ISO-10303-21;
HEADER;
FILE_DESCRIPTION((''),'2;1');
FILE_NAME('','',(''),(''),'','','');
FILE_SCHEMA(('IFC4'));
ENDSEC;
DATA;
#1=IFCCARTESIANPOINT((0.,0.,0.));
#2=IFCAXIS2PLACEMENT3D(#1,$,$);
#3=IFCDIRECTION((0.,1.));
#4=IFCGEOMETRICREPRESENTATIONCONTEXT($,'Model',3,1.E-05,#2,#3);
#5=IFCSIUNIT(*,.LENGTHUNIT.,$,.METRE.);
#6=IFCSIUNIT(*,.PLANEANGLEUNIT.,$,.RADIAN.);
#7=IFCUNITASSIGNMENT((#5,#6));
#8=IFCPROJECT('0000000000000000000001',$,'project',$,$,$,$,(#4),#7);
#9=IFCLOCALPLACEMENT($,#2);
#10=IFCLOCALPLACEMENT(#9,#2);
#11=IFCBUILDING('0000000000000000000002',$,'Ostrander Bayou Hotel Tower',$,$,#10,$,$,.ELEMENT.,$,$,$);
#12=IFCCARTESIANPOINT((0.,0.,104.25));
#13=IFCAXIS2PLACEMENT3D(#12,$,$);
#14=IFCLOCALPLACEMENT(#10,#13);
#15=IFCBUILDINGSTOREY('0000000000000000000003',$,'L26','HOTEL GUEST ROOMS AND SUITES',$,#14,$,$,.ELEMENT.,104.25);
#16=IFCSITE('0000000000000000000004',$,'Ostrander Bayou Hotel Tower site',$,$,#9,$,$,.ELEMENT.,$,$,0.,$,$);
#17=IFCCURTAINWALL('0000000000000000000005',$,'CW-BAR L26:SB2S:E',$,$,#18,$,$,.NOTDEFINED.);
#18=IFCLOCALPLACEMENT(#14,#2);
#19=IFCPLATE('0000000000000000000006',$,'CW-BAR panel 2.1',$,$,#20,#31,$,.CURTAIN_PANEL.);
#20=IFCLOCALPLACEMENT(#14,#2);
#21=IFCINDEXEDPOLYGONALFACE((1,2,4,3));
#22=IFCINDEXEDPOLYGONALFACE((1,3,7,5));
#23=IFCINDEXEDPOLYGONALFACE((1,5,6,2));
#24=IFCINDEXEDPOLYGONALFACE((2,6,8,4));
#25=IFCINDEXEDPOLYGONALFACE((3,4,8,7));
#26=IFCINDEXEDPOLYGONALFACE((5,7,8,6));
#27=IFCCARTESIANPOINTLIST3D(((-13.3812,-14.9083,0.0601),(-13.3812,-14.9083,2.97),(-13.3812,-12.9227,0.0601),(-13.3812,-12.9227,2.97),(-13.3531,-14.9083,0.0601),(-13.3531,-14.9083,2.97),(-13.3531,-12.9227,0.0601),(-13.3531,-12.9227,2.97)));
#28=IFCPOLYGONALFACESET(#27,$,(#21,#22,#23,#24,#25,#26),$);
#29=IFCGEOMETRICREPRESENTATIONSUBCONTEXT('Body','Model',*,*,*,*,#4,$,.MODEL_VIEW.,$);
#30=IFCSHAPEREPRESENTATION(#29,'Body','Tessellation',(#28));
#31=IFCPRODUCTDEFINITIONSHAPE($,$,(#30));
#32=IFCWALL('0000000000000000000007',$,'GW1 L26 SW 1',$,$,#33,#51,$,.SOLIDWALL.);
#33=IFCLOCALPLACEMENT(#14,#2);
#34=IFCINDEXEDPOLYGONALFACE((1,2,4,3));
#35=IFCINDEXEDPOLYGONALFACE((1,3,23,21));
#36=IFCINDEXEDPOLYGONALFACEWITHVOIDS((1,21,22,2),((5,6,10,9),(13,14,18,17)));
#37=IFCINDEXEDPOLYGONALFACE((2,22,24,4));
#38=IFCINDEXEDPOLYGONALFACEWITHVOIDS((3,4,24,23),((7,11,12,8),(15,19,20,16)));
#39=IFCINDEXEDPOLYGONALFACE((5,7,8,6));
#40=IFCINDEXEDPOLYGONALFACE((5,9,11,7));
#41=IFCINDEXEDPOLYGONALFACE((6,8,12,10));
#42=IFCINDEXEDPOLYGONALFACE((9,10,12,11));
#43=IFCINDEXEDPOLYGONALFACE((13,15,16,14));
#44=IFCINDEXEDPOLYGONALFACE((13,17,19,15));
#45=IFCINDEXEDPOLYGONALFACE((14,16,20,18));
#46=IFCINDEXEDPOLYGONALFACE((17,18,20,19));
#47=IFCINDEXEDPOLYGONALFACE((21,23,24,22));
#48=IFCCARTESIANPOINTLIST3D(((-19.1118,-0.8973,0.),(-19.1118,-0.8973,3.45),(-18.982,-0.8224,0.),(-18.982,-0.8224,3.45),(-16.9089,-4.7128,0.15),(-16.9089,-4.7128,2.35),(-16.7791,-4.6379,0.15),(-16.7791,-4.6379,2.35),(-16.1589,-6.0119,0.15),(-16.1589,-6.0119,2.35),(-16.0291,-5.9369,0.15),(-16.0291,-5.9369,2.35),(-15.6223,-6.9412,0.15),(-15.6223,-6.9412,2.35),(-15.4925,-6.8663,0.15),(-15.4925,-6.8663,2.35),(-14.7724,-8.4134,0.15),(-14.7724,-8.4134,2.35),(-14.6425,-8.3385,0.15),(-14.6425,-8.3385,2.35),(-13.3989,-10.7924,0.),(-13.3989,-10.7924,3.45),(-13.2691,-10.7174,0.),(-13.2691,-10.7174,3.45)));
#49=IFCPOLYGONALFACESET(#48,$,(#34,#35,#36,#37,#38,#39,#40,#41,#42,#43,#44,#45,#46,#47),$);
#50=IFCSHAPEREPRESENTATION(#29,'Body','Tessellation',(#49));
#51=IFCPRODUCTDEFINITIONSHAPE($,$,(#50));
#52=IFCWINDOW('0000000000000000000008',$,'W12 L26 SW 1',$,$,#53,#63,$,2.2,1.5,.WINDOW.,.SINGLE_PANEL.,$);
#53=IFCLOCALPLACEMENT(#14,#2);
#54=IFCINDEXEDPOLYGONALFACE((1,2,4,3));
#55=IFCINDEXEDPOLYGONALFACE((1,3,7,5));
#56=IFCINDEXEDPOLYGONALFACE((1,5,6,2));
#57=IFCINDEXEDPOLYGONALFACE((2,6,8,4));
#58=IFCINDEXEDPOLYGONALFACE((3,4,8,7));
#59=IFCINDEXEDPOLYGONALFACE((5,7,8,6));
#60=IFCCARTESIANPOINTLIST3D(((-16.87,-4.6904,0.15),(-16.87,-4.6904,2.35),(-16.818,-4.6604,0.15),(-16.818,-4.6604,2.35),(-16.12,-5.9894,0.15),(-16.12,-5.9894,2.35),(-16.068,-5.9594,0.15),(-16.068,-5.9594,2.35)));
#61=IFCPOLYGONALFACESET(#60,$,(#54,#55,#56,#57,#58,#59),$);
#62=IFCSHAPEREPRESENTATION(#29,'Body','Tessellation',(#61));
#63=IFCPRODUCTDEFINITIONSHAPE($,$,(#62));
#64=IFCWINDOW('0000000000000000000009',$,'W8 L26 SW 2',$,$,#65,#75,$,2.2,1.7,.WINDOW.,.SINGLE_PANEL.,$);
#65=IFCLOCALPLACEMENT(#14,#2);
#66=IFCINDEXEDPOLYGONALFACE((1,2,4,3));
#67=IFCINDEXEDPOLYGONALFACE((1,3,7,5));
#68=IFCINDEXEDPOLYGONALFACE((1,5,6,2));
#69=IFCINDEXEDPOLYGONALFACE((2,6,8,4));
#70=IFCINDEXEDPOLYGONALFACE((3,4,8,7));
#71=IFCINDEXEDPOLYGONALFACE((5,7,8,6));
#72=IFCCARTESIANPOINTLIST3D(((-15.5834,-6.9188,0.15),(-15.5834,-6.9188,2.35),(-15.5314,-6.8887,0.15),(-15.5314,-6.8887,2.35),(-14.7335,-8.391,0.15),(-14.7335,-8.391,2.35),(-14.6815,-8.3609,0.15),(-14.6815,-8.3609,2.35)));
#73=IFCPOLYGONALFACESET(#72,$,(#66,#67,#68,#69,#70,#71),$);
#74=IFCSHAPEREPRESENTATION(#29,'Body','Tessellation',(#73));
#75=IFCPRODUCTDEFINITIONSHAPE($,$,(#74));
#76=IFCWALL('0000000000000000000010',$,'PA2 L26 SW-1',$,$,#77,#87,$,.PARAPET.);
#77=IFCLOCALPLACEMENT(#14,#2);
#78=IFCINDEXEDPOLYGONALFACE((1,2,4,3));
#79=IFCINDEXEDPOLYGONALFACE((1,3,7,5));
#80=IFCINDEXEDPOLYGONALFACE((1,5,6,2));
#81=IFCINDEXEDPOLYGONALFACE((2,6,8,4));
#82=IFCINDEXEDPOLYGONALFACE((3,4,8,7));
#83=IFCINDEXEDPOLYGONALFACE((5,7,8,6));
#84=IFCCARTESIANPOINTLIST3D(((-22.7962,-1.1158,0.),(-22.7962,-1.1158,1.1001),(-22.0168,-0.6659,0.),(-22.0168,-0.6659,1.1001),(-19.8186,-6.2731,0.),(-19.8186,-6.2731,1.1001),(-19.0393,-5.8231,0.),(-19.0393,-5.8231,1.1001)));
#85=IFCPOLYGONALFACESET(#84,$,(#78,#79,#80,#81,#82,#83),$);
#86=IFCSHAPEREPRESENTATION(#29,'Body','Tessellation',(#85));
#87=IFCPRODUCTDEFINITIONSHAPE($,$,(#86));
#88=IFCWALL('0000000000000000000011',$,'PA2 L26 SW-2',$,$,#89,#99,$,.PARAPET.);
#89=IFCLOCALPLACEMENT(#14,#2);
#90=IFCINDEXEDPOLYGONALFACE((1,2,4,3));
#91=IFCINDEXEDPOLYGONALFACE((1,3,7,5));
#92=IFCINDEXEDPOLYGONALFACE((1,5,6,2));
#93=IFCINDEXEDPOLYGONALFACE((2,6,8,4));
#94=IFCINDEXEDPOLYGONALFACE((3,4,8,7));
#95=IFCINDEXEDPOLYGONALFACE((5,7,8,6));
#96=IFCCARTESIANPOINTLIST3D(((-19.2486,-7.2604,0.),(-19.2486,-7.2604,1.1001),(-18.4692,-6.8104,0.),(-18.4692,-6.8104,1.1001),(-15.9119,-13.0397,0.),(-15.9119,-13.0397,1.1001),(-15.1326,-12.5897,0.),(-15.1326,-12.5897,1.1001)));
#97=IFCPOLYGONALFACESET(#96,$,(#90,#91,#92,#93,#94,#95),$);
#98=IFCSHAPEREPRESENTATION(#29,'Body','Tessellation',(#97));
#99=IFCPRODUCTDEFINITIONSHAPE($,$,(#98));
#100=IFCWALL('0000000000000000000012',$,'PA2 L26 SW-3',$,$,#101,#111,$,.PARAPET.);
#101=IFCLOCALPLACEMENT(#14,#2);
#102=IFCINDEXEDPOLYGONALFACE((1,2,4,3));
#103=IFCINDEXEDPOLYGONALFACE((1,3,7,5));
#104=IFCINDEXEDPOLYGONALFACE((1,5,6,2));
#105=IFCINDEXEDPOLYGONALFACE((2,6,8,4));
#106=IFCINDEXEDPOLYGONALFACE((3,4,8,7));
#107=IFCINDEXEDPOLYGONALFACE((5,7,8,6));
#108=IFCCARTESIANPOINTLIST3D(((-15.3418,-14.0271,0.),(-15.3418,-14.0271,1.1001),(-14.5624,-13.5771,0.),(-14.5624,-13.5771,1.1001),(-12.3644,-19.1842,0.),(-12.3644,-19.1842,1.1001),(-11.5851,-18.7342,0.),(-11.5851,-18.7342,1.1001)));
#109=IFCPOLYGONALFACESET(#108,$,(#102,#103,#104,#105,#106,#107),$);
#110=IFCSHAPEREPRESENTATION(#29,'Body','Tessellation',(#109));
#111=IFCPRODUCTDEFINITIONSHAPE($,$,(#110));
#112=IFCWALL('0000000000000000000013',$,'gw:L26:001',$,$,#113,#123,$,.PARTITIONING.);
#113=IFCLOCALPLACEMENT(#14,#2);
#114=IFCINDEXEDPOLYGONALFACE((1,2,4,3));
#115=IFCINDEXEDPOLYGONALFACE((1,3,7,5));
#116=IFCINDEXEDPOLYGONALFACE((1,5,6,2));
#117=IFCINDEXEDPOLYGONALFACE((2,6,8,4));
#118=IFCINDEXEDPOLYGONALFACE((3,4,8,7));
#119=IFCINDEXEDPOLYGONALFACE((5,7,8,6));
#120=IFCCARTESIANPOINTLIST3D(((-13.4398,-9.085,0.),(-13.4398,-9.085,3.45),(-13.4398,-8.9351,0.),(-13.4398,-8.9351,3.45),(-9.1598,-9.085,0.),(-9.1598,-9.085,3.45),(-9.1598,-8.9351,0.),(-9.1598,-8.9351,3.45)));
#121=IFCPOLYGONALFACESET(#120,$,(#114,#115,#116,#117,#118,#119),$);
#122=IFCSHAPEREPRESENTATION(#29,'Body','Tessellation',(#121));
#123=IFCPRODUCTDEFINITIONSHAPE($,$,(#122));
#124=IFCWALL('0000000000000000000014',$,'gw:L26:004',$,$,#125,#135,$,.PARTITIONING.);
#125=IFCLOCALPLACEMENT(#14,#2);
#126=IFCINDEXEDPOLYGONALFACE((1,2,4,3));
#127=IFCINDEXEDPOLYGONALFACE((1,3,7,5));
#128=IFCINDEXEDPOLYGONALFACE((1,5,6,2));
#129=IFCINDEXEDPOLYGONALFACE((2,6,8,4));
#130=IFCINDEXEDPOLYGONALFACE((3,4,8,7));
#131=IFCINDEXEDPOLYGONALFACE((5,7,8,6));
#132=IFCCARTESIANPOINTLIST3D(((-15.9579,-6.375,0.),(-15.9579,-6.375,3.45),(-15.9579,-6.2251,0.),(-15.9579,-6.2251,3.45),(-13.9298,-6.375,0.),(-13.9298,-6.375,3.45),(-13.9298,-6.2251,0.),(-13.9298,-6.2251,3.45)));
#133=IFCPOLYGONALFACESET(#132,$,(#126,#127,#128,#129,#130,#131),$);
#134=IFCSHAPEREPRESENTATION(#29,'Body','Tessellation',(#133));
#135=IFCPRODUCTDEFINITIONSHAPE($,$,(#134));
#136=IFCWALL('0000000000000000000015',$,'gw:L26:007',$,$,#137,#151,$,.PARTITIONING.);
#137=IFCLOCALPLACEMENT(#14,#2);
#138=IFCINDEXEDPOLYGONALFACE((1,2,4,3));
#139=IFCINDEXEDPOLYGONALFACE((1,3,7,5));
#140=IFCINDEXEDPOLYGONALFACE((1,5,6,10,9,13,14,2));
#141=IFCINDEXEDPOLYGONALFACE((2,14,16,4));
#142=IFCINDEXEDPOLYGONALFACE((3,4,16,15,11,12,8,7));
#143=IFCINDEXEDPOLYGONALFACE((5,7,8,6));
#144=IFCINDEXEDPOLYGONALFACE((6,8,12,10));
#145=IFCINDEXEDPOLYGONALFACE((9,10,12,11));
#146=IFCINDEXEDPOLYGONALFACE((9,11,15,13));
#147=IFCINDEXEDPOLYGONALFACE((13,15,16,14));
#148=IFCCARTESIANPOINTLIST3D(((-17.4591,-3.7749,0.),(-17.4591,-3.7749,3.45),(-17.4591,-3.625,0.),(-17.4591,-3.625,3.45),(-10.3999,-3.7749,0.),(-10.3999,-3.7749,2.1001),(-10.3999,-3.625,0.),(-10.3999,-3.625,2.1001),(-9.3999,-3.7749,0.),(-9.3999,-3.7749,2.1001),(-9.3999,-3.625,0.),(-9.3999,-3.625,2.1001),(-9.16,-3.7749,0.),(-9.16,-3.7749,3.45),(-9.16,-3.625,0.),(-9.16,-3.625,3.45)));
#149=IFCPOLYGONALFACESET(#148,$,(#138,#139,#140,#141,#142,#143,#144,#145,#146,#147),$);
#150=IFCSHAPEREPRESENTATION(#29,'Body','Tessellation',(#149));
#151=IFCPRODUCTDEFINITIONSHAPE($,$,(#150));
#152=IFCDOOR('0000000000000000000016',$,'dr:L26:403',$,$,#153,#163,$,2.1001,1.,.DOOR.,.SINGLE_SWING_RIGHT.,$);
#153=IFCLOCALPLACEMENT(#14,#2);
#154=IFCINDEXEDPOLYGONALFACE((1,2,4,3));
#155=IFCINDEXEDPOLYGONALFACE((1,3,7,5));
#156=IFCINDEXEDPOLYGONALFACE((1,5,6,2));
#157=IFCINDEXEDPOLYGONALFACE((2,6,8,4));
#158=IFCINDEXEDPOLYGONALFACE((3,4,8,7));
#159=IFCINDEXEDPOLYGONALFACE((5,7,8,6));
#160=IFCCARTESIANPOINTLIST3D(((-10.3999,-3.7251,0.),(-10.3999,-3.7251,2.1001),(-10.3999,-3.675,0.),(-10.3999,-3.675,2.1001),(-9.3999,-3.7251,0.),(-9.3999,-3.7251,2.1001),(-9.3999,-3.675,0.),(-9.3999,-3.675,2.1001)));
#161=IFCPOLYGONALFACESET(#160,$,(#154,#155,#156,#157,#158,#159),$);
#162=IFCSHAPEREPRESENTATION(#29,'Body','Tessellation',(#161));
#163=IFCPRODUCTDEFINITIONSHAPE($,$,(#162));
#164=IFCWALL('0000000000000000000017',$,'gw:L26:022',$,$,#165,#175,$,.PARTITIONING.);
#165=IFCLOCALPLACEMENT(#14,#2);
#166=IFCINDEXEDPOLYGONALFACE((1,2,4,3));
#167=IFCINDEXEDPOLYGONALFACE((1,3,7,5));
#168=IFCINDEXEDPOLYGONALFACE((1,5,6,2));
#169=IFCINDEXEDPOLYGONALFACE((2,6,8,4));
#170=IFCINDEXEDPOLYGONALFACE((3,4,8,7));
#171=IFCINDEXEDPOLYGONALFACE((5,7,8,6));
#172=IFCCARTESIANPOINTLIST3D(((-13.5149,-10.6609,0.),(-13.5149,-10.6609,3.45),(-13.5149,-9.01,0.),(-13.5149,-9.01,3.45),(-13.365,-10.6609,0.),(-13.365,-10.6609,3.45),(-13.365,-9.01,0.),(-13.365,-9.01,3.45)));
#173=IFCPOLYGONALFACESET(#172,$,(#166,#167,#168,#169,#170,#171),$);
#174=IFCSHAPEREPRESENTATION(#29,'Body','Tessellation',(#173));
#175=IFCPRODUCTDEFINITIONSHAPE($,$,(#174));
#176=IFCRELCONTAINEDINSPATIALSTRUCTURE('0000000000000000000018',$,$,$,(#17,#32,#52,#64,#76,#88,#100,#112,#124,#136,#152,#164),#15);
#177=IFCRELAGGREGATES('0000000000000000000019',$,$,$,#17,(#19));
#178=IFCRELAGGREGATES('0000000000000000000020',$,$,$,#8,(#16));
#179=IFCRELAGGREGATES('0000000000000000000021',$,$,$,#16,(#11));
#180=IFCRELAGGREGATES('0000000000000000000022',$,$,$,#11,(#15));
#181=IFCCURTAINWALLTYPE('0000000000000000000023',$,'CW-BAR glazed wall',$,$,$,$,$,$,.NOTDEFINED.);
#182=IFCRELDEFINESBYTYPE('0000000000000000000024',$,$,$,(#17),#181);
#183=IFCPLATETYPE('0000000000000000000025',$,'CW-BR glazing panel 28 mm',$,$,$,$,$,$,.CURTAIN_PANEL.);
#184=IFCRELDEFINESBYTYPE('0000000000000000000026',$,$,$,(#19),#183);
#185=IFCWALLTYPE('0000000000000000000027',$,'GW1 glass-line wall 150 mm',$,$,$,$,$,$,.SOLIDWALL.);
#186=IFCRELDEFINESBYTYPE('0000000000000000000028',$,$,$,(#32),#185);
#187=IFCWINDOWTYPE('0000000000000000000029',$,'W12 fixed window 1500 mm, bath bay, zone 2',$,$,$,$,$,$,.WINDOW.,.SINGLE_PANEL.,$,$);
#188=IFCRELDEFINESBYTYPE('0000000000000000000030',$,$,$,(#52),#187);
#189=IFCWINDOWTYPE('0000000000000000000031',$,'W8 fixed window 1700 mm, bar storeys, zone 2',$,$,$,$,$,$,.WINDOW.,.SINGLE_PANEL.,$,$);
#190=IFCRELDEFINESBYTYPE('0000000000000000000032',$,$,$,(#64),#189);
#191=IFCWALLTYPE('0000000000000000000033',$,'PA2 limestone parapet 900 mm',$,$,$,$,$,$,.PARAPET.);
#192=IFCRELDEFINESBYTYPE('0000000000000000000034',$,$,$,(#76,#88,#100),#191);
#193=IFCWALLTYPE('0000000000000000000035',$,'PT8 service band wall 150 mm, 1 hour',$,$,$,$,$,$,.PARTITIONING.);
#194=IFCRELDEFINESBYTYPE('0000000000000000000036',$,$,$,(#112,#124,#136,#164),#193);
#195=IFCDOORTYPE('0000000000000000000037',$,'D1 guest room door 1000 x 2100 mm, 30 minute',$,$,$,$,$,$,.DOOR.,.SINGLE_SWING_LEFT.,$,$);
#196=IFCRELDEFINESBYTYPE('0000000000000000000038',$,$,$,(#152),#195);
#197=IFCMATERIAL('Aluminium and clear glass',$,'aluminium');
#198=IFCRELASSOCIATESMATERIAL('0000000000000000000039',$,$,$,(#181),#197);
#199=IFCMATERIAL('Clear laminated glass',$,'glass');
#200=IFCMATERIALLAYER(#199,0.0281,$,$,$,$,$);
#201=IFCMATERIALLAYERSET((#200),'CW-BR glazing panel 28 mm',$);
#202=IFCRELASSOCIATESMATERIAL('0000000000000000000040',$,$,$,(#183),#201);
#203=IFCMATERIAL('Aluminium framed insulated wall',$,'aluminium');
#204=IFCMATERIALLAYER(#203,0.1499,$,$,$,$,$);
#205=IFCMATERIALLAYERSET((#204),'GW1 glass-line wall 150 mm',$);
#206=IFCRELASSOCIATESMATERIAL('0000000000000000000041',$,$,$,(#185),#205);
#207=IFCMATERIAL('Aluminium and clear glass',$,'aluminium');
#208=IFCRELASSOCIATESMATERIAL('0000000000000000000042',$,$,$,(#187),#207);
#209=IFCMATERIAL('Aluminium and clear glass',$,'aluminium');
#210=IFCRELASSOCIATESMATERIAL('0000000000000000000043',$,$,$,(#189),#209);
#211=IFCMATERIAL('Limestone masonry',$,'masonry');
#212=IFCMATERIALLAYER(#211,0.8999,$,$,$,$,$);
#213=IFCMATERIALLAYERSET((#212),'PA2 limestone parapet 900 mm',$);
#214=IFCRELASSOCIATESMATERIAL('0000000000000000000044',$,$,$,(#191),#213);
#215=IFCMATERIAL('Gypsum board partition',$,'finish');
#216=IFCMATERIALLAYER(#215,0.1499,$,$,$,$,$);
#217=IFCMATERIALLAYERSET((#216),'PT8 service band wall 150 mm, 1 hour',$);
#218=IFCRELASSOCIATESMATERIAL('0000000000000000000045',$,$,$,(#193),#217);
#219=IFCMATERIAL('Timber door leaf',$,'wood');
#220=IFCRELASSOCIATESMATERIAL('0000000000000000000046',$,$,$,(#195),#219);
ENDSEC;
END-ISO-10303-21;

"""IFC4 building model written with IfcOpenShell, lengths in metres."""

from ifc_helpers import new_model, si_unit, direction, frame, frame_2d, origin, origin_2d, place, context, subcontext, project, spatial, rectangle, extrude, material, layer, layer_set, type_object, element, fill, aggregate, save


model = new_model("IFC4")

# Units and contexts
model_context = context("Model", 3, precision=1e-05, world=origin(), true_north=direction((0.0, 1.0)))
body_context = subcontext(model_context, "Body", "Model", "MODEL_VIEW")
ifc_project = project(units=[si_unit("LENGTHUNIT", "METRE"), si_unit("PLANEANGLEUNIT", "RADIAN")], contexts=[model_context])

# Site, building, storey
site_placement = place(None, origin())
site = spatial("IfcSite", under=ifc_project, at=site_placement, Name="Ostrander Bayou Hotel Tower site", CompositionType="ELEMENT", RefElevation=0.0)
building_placement = place(site_placement, origin())
building = spatial("IfcBuilding", under=site, at=building_placement, Name="Ostrander Bayou Hotel Tower", CompositionType="ELEMENT")
storey_placement = place(building_placement, frame((0.0, 0.0, 104.25)))
storey = spatial("IfcBuildingStorey", under=building, at=storey_placement, Name="L26", Description="HOTEL GUEST ROOMS AND SUITES", CompositionType="ELEMENT", Elevation=104.25)

# Curtain wall
ifc_material_1 = material(Name="Aluminium and clear glass", Category="aluminium")
curtain_wall_type = type_object("IfcCurtainWallType", Name="CW-BAR glazed wall", PredefinedType="NOTDEFINED", material=ifc_material_1)
curtain_wall_placement = place(storey_placement, origin())
curtain_wall = element("IfcCurtainWall", 1, at=curtain_wall_placement, inside=storey, type_object=curtain_wall_type, Name="CW-BAR L26:SB2S:E", PredefinedType="NOTDEFINED")

# Plate
ifc_material_2 = material(Name="Clear laminated glass", Category="glass")
ifc_layer_1 = layer(ifc_material_2, 0.0281)
ifc_layer_set_1 = layer_set([ifc_layer_1], Name="CW-BR glazing panel 28 mm")
plate_type = type_object("IfcPlateType", Name="CW-BR glazing panel 28 mm", PredefinedType="CURTAIN_PANEL", material=ifc_layer_set_1)
plate_placement = place(storey_placement, frame((-13.3672, -13.9155, 0.0601), z_axis=(0.0, 0.0, 1.0), x_axis=(0.0, -1.0, 0.0)))
plate = element("IfcPlate", 2, at=plate_placement, type_object=plate_type, Name="CW-BAR panel 2.1", PredefinedType="CURTAIN_PANEL", context=body_context, shape_type="SweptSolid", body=[
    extrude(rectangle(XDim=1.9856, YDim=0.0281, at=origin_2d()), origin(), (0.0, 0.0, 1.0), 2.9099),
])
aggregate(curtain_wall, [plate])

# Wall, openings, windows
ifc_material_3 = material(Name="Aluminium framed insulated wall", Category="aluminium")
ifc_layer_2 = layer(ifc_material_3, 0.1499)
ifc_layer_set_2 = layer_set([ifc_layer_2], Name="GW1 glass-line wall 150 mm")
wall_type_1 = type_object("IfcWallType", Name="GW1 glass-line wall 150 mm", PredefinedType="SOLIDWALL", material=ifc_layer_set_2)
wall_1_placement = place(storey_placement, frame((-19.0469, -0.8599, 0.0), z_axis=(0.0, 0.0, 1.0), x_axis=(0.5, -0.866025, 0.0)))
wall_1 = element("IfcWall", 3, at=wall_1_placement, inside=storey, type_object=wall_type_1, Name="GW1 L26 SW 1", PredefinedType="SOLIDWALL", context=body_context, shape_type="SweptSolid", body=[
    extrude(rectangle(XDim=11.4258, YDim=0.1499, at=frame_2d((5.7129, 0.0))), origin(), (0.0, 0.0, 1.0), 3.45),
])
opening_1_placement = place(wall_1_placement, frame((4.4058, 0.0, 0.1499)))
opening_1 = element("IfcOpeningElement", 4, at=opening_1_placement, cuts=wall_1, PredefinedType="OPENING", context=body_context, shape_type="SweptSolid", body=[
    extrude(rectangle(XDim=1.5, YDim=2.2, at=frame_2d((0.75, 1.1001))), frame((0.0, 0.075, 0.0), z_axis=(0.0, -1.0, 0.0), x_axis=(1.0, 0.0, 0.0)), (0.0, 0.0, 1.0), 0.1499),
])
opening_2_placement = place(wall_1_placement, frame((6.9788, 0.0, 0.1499)))
opening_2 = element("IfcOpeningElement", 5, at=opening_2_placement, cuts=wall_1, PredefinedType="OPENING", context=body_context, shape_type="SweptSolid", body=[
    extrude(rectangle(XDim=1.7, YDim=2.2, at=frame_2d((0.8501, 1.1001))), frame((0.0, 0.075, 0.0), z_axis=(0.0, -1.0, 0.0), x_axis=(1.0, 0.0, 0.0)), (0.0, 0.0, 1.0), 0.1499),
])
ifc_material_4 = material(Name="Aluminium and clear glass", Category="aluminium")
window_type_1 = type_object("IfcWindowType", Name="W12 fixed window 1500 mm, bath bay, zone 2", PartitioningType="SINGLE_PANEL", PredefinedType="WINDOW", material=ifc_material_4)
window_1_placement = place(opening_1_placement, origin())
window_1 = element("IfcWindow", 6, at=window_1_placement, inside=storey, type_object=window_type_1, Name="W12 L26 SW 1", OverallHeight=2.2, OverallWidth=1.5, PartitioningType="SINGLE_PANEL", PredefinedType="WINDOW", context=body_context, shape_type="SweptSolid", body=[
    extrude(rectangle(XDim=1.5, YDim=2.2, at=frame_2d((0.75, 1.1001))), frame((0.0, 0.03, 0.0), z_axis=(0.0, -1.0, 0.0), x_axis=(1.0, 0.0, 0.0)), (0.0, 0.0, 1.0), 0.0601),
])
fill(opening_1, window_1)
ifc_material_5 = material(Name="Aluminium and clear glass", Category="aluminium")
window_type_2 = type_object("IfcWindowType", Name="W8 fixed window 1700 mm, bar storeys, zone 2", PartitioningType="SINGLE_PANEL", PredefinedType="WINDOW", material=ifc_material_5)
window_2_placement = place(opening_2_placement, origin())
window_2 = element("IfcWindow", 7, at=window_2_placement, inside=storey, type_object=window_type_2, Name="W8 L26 SW 2", OverallHeight=2.2, OverallWidth=1.7, PartitioningType="SINGLE_PANEL", PredefinedType="WINDOW", context=body_context, shape_type="SweptSolid", body=[
    extrude(rectangle(XDim=1.7, YDim=2.2, at=frame_2d((0.8501, 1.1001))), frame((0.0, 0.03, 0.0), z_axis=(0.0, -1.0, 0.0), x_axis=(1.0, 0.0, 0.0)), (0.0, 0.0, 1.0), 0.0601),
])
fill(opening_2, window_2)

# Walls
ifc_material_6 = material(Name="Limestone masonry", Category="masonry")
ifc_layer_3 = layer(ifc_material_6, 0.8999)
ifc_layer_set_3 = layer_set([ifc_layer_3], Name="PA2 limestone parapet 900 mm")
wall_type_2 = type_object("IfcWallType", Name="PA2 limestone parapet 900 mm", PredefinedType="PARAPET", material=ifc_layer_set_3)
wall_2_placement = place(storey_placement, frame((-22.4065, -0.8909, 0.0), z_axis=(0.0, 0.0, 1.0), x_axis=(0.500002, -0.866024, 0.0)))
element("IfcWall", 8, at=wall_2_placement, inside=storey, type_object=wall_type_2, Name="PA2 L26 SW-1", PredefinedType="PARAPET", context=body_context, shape_type="SweptSolid", body=[
    extrude(rectangle(XDim=5.9551, YDim=0.8999, at=frame_2d((2.9775, 0.0))), origin(), (0.0, 0.0, 1.0), 1.1001),
])
wall_3_placement = place(storey_placement, frame((-18.8589, -7.0354, 0.0), z_axis=(0.0, 0.0, 1.0), x_axis=(0.499999, -0.866026, 0.0)))
element("IfcWall", 9, at=wall_3_placement, inside=storey, type_object=wall_type_2, Name="PA2 L26 SW-2", PredefinedType="PARAPET", context=body_context, shape_type="SweptSolid", body=[
    extrude(rectangle(XDim=6.6733, YDim=0.8999, at=frame_2d((3.3367, 0.0))), origin(), (0.0, 0.0, 1.0), 1.1001),
])
wall_4_placement = place(storey_placement, frame((-14.9521, -13.802, 0.0), z_axis=(0.0, 0.0, 1.0), x_axis=(0.499989, -0.866032, 0.0)))
element("IfcWall", 10, at=wall_4_placement, inside=storey, type_object=wall_type_2, Name="PA2 L26 SW-3", PredefinedType="PARAPET", context=body_context, shape_type="SweptSolid", body=[
    extrude(rectangle(XDim=5.9548, YDim=0.8999, at=frame_2d((2.9775, 0.0))), origin(), (0.0, 0.0, 1.0), 1.1001),
])
ifc_material_7 = material(Name="Gypsum board partition", Category="finish")
ifc_layer_4 = layer(ifc_material_7, 0.1499)
ifc_layer_set_4 = layer_set([ifc_layer_4], Name="PT8 service band wall 150 mm, 1 hour")
wall_type_3 = type_object("IfcWallType", Name="PT8 service band wall 150 mm, 1 hour", PredefinedType="PARTITIONING", material=ifc_layer_set_4)
wall_5_placement = place(storey_placement, frame((-13.4399, -9.01, 0.0), z_axis=(0.0, 0.0, 1.0), x_axis=(1.0, 0.0, 0.0)))
element("IfcWall", 11, at=wall_5_placement, inside=storey, type_object=wall_type_3, Name="gw:L26:001", PredefinedType="PARTITIONING", context=body_context, shape_type="SweptSolid", body=[
    extrude(rectangle(XDim=4.28, YDim=0.1499, at=frame_2d((2.1401, 0.0))), origin(), (0.0, 0.0, 1.0), 3.45),
])
wall_6_placement = place(storey_placement, frame((-15.958, -6.3, 0.0), z_axis=(0.0, 0.0, 1.0), x_axis=(1.0, 0.0, 0.0)))
element("IfcWall", 12, at=wall_6_placement, inside=storey, type_object=wall_type_3, Name="gw:L26:004", PredefinedType="PARTITIONING", context=body_context, shape_type="SweptSolid", body=[
    extrude(rectangle(XDim=2.0281, YDim=0.1499, at=frame_2d((1.0142, 0.0))), origin(), (0.0, 0.0, 1.0), 3.45),
])

# Wall, opening, door
wall_7_placement = place(storey_placement, frame((-17.459, -3.7, 0.0), z_axis=(0.0, 0.0, 1.0), x_axis=(1.0, 0.0, 0.0)))
wall_7 = element("IfcWall", 13, at=wall_7_placement, inside=storey, type_object=wall_type_3, Name="gw:L26:007", PredefinedType="PARTITIONING", context=body_context, shape_type="SweptSolid", body=[
    extrude(rectangle(XDim=8.2991, YDim=0.1499, at=frame_2d((4.1494, 0.0))), origin(), (0.0, 0.0, 1.0), 3.45),
])
opening_3_placement = place(wall_7_placement, frame((7.0591, 0.0, 0.0)))
opening_3 = element("IfcOpeningElement", 14, at=opening_3_placement, cuts=wall_7, PredefinedType="OPENING", context=body_context, shape_type="SweptSolid", body=[
    extrude(rectangle(XDim=1.0, YDim=2.1001, at=frame_2d((0.5, 1.05))), frame((0.0, 0.075, 0.0), z_axis=(0.0, -1.0, 0.0), x_axis=(1.0, 0.0, 0.0)), (0.0, 0.0, 1.0), 0.1499),
])
ifc_material_8 = material(Name="Timber door leaf", Category="wood")
door_type_1 = type_object("IfcDoorType", Name="D1 guest room door 1000 x 2100 mm, 30 minute", OperationType="SINGLE_SWING_LEFT", PredefinedType="DOOR", material=ifc_material_8)
door_1_placement = place(opening_3_placement, origin())
door_1 = element("IfcDoor", 15, at=door_1_placement, inside=storey, type_object=door_type_1, Name="dr:L26:403", OperationType="SINGLE_SWING_RIGHT", OverallHeight=2.1001, OverallWidth=1.0, PredefinedType="DOOR", context=body_context, shape_type="SweptSolid", body=[
    extrude(rectangle(XDim=1.0, YDim=2.1001, at=frame_2d((0.5, 1.05))), frame((0.0, 0.0249, 0.0), z_axis=(0.0, -1.0, 0.0), x_axis=(1.0, 0.0, 0.0)), (0.0, 0.0, 1.0), 0.05),
])
fill(opening_3, door_1)

# Wall
wall_8_placement = place(storey_placement, frame((-13.4399, -10.6609, 0.0), z_axis=(0.0, 0.0, 1.0), x_axis=(0.0, 1.0, 0.0)))
element("IfcWall", 16, at=wall_8_placement, inside=storey, type_object=wall_type_3, Name="gw:L26:022", PredefinedType="PARTITIONING", context=body_context, shape_type="SweptSolid", body=[
    extrude(rectangle(XDim=1.6509, YDim=0.1499, at=frame_2d((0.8254, 0.0))), origin(), (0.0, 0.0, 1.0), 3.45),
])

save(model, "model.ifc")
